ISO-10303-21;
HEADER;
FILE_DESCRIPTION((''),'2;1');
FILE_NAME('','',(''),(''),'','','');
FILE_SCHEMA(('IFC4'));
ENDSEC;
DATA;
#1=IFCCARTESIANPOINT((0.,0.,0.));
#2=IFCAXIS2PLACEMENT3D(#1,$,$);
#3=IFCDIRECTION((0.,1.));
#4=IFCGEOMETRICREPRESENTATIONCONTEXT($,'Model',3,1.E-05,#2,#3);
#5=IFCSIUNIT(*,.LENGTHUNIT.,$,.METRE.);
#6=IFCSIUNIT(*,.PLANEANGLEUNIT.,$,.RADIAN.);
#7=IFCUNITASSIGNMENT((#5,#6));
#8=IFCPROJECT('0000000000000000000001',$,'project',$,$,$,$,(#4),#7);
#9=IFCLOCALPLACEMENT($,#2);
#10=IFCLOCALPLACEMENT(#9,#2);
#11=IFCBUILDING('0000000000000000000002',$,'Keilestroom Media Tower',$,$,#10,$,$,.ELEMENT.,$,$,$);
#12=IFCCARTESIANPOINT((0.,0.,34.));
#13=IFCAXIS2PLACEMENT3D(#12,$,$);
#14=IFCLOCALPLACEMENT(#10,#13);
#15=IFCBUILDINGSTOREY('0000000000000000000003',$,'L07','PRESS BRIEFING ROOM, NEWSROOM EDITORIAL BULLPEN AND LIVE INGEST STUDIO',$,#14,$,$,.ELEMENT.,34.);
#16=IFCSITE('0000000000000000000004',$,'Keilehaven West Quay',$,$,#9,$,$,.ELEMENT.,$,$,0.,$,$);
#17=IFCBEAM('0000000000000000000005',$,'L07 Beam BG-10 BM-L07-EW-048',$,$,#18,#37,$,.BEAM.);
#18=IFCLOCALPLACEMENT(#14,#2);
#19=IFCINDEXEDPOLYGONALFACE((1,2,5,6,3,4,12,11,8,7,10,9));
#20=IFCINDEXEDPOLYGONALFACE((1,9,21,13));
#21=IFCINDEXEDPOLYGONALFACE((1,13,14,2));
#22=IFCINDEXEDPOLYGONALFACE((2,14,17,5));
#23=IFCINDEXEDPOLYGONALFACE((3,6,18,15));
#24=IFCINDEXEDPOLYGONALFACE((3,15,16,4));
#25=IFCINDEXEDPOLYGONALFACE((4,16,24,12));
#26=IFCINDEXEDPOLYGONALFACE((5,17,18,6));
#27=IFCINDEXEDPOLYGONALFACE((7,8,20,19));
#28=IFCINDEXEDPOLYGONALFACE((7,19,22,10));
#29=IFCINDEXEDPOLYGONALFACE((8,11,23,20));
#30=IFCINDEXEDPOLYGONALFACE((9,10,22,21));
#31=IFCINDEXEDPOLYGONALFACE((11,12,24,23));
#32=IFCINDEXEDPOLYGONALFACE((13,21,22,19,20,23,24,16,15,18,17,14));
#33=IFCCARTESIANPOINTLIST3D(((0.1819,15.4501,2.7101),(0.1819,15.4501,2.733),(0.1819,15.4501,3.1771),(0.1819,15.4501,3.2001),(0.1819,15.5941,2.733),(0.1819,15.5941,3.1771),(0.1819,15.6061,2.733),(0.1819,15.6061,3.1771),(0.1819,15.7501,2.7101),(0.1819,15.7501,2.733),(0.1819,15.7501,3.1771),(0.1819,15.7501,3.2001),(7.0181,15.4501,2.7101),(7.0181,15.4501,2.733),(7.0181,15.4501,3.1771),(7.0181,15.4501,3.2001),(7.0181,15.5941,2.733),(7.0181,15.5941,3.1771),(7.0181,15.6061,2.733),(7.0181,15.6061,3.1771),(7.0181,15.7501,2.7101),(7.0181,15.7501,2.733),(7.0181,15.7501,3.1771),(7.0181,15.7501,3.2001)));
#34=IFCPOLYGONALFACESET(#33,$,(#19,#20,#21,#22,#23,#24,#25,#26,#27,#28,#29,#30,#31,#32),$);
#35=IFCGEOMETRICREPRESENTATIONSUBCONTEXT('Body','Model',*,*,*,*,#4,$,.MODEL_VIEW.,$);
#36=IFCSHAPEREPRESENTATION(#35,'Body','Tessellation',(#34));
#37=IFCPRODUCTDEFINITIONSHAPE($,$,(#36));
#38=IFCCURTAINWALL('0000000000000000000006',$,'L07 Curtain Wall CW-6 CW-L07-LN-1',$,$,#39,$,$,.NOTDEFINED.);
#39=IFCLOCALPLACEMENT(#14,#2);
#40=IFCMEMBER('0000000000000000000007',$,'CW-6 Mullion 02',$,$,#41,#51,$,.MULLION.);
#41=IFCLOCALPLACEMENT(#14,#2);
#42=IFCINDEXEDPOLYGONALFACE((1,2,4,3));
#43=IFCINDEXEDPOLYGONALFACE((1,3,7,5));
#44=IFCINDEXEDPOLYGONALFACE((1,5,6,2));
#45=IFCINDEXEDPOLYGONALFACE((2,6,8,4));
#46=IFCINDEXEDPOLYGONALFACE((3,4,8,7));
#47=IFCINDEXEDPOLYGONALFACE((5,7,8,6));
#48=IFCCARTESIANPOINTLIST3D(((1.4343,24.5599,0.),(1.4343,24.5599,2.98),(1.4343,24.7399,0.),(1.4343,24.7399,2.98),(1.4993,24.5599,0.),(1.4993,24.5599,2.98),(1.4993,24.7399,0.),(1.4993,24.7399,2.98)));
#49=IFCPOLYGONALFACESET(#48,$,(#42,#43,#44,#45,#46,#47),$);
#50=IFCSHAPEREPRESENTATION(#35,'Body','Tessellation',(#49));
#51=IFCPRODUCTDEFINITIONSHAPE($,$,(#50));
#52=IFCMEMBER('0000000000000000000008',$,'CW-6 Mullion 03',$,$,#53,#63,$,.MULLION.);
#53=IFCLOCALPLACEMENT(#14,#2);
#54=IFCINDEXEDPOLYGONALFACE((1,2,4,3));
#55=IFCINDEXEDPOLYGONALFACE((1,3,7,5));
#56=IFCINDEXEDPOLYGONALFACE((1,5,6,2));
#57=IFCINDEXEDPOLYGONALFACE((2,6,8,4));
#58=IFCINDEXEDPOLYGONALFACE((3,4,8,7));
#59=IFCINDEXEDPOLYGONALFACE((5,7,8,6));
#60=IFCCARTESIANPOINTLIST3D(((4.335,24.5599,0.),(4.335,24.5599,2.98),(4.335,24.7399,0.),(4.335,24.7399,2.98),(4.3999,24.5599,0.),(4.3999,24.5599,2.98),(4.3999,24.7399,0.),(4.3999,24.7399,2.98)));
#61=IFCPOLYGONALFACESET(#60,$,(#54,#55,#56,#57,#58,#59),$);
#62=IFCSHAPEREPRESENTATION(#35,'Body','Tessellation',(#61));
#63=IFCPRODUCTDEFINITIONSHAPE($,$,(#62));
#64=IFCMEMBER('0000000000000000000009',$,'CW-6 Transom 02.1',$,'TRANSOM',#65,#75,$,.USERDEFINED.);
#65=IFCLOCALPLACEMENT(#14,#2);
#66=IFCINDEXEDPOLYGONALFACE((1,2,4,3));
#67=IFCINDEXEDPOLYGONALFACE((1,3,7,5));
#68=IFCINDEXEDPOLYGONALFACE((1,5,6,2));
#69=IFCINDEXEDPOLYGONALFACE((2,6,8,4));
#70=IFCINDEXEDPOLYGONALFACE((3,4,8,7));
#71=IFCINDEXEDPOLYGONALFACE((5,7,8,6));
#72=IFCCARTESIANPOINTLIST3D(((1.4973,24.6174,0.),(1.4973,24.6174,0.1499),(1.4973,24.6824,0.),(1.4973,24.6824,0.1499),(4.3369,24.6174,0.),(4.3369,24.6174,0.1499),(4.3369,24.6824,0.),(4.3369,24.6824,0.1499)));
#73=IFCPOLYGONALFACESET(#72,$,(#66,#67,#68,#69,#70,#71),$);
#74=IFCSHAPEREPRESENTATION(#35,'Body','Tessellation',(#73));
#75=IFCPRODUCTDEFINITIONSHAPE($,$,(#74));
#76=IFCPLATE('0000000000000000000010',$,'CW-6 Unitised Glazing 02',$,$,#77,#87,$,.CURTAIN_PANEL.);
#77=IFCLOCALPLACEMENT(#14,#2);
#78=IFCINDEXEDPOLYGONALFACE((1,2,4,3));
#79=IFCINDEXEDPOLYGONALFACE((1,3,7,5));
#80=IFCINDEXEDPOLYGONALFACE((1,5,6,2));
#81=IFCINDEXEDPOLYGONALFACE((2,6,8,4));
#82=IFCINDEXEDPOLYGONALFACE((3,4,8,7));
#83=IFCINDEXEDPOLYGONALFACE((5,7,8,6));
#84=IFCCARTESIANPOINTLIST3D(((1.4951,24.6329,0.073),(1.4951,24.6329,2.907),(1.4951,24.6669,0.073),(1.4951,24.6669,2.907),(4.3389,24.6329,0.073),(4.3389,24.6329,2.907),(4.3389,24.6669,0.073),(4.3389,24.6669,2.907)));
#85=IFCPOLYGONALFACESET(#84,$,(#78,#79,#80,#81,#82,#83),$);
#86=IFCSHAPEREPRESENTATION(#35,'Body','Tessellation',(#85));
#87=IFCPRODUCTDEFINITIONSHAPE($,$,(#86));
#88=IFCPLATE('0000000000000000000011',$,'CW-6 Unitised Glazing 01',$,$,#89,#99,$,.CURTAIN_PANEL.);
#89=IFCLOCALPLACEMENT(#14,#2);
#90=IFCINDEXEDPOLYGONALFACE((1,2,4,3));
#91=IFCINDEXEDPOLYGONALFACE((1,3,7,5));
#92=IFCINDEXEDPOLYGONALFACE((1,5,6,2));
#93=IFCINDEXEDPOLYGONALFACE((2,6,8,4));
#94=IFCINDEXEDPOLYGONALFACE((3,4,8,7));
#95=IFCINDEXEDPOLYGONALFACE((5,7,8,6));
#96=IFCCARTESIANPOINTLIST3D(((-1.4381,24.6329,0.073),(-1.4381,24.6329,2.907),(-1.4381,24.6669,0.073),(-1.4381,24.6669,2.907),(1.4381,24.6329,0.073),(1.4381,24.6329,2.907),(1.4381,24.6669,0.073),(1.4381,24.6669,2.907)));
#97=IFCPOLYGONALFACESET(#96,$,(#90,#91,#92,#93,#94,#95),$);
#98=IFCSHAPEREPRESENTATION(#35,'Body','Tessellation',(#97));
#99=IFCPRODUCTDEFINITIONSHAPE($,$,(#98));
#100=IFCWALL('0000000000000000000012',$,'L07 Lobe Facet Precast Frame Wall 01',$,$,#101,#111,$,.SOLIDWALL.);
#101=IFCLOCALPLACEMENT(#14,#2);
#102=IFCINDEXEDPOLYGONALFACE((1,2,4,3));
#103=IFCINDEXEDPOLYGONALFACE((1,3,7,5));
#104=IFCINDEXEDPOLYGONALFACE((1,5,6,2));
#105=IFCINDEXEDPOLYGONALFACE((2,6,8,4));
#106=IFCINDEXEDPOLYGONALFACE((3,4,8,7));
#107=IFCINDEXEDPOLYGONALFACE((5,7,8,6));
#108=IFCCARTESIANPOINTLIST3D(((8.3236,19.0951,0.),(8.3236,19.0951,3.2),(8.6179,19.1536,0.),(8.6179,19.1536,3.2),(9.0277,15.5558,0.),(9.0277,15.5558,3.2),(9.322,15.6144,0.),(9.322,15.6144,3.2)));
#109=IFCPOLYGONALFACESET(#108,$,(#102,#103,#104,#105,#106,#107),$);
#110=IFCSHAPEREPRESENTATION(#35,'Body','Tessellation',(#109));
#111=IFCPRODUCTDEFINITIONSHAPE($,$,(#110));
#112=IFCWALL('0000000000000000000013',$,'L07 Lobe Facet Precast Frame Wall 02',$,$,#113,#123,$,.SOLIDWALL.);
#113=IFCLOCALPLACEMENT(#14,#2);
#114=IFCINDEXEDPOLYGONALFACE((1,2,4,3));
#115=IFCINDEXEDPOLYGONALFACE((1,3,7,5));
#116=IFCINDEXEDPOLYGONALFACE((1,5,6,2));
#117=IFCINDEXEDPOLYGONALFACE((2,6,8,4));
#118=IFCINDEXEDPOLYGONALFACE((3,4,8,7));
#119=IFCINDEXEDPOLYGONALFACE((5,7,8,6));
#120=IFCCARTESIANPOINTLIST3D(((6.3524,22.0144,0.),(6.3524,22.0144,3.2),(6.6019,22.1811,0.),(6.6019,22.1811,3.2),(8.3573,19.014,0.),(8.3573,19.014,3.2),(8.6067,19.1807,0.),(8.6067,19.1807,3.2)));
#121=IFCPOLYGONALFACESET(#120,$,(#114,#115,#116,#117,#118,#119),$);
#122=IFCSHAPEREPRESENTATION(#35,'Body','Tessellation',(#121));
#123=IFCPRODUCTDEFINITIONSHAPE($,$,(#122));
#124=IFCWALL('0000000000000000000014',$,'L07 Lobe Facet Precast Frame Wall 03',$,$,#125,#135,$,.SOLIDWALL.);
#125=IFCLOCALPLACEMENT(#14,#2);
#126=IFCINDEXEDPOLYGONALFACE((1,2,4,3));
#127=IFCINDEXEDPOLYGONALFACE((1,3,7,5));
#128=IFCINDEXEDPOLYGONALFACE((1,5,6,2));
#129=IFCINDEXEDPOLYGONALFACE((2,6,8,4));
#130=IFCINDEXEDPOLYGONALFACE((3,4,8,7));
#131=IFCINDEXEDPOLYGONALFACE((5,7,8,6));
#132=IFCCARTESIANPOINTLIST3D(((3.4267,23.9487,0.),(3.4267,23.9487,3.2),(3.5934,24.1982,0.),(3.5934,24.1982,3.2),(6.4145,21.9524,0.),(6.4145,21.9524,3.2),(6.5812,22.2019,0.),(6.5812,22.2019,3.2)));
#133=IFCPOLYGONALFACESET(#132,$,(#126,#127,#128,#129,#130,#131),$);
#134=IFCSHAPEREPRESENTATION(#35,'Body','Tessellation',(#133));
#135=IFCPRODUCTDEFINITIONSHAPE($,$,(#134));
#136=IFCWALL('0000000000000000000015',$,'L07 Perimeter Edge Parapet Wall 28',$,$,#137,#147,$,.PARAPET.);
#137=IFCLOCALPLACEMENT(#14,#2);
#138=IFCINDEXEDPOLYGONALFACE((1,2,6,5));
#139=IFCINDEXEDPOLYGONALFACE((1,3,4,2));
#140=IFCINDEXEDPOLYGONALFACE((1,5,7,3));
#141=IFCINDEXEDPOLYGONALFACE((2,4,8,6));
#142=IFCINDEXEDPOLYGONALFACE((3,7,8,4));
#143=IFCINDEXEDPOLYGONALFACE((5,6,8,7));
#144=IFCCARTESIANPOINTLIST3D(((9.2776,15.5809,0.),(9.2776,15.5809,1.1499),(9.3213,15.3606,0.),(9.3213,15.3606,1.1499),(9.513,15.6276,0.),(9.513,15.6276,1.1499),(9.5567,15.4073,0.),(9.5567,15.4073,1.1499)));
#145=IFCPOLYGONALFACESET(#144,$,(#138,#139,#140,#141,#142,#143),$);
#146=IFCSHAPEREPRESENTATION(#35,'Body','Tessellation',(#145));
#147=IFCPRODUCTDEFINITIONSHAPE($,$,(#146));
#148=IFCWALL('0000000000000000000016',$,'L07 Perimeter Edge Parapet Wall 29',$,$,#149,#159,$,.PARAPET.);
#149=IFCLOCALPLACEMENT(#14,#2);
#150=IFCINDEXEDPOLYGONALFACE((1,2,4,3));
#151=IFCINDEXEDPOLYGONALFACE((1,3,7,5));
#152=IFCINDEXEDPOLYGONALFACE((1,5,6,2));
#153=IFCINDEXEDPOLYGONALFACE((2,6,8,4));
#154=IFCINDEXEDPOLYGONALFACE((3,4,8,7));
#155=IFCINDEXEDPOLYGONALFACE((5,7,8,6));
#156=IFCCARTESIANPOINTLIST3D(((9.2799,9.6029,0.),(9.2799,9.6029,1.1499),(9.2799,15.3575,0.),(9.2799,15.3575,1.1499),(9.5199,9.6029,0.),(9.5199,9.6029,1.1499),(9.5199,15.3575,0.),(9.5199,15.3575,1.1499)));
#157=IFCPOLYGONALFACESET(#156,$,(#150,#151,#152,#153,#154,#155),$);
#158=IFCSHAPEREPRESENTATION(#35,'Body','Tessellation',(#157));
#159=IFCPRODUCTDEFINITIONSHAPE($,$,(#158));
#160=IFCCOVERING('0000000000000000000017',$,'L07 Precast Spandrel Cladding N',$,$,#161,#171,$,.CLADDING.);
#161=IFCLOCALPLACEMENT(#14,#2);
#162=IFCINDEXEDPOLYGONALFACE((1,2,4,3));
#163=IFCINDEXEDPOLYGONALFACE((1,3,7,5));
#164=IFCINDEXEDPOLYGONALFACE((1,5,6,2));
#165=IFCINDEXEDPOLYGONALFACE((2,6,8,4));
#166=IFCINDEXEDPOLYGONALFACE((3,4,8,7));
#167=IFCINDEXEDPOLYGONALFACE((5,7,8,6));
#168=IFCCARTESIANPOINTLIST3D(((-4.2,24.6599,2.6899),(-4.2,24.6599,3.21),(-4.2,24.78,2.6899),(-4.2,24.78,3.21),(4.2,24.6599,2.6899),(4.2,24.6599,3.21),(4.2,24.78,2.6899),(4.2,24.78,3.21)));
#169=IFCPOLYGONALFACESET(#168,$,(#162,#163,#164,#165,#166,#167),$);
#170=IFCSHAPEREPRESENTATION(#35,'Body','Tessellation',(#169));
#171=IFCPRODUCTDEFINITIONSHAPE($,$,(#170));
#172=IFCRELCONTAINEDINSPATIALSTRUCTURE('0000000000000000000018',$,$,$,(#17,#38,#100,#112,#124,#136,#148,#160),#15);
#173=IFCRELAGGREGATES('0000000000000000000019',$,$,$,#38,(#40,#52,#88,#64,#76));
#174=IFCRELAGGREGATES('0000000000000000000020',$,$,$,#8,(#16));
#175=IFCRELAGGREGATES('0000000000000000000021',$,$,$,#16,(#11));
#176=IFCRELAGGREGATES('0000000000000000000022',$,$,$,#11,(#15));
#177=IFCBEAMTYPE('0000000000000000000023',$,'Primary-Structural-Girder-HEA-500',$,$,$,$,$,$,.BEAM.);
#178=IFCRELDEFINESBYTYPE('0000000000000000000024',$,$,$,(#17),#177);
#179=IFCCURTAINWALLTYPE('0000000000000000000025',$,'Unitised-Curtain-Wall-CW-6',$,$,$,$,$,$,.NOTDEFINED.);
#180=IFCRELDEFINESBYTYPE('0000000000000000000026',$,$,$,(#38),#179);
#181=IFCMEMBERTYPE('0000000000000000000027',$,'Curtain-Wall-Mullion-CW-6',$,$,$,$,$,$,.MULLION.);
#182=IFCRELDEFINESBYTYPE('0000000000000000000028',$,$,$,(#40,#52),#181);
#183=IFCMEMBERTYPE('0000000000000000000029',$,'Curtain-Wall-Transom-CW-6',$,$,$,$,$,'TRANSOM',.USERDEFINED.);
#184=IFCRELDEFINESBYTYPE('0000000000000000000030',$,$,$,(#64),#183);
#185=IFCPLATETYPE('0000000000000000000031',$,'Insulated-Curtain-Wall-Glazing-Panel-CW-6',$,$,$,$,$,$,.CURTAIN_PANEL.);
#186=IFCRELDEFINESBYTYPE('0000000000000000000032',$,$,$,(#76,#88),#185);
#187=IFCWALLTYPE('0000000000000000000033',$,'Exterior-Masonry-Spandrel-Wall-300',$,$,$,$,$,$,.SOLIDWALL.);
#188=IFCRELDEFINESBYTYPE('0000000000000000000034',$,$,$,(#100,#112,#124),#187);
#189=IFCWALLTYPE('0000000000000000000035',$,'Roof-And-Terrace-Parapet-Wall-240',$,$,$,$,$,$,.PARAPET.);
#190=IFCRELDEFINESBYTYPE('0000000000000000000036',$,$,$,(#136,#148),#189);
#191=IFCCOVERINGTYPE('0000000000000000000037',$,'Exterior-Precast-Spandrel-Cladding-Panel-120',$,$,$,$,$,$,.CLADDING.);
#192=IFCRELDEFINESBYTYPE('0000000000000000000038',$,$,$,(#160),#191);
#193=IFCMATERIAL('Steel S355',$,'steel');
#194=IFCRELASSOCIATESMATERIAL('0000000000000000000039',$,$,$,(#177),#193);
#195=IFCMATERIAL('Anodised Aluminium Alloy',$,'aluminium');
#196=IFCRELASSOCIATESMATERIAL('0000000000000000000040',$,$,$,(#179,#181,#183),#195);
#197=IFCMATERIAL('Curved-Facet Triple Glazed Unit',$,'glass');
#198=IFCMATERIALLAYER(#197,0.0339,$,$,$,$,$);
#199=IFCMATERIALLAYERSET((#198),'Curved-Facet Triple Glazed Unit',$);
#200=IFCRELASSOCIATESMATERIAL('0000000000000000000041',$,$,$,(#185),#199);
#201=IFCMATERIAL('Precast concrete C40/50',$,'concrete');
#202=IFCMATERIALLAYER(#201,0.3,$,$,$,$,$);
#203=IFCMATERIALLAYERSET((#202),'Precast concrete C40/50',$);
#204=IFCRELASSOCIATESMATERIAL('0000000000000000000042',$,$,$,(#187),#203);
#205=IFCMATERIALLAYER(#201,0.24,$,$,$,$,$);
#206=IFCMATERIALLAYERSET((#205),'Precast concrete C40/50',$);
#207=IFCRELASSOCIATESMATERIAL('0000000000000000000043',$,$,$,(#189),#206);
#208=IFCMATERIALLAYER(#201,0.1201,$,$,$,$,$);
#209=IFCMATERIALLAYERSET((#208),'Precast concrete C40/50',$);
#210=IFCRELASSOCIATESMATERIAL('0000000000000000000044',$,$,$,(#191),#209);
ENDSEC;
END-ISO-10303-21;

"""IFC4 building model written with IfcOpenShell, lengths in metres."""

from ifc_helpers import new_model, si_unit, direction, frame, frame_2d, origin, origin_2d, place, context, subcontext, project, spatial, rectangle, i_section, extrude, source, transform, mapped, material, layer, layer_set, material_profile, profile_set, type_object, element, aggregate, save


model = new_model("IFC4")

# Units and contexts
model_context = context("Model", 3, precision=1e-05, world=origin(), true_north=direction((0.0, 1.0)))
body_context = subcontext(model_context, "Body", "Model", "MODEL_VIEW")
ifc_project = project(units=[si_unit("LENGTHUNIT", "METRE"), si_unit("PLANEANGLEUNIT", "RADIAN")], contexts=[model_context])

# Site, building, storey
site_placement = place(None, origin())
site = spatial("IfcSite", under=ifc_project, at=site_placement, Name="Keilehaven West Quay", CompositionType="ELEMENT", RefElevation=0.0)
building_placement = place(site_placement, origin())
building = spatial("IfcBuilding", under=site, at=building_placement, Name="Keilestroom Media Tower", CompositionType="ELEMENT")
storey_placement = place(building_placement, frame((0.0, 0.0, 34.0)))
storey = spatial("IfcBuildingStorey", under=building, at=storey_placement, Name="L07", Description="PRESS BRIEFING ROOM, NEWSROOM EDITORIAL BULLPEN AND LIVE INGEST STUDIO", CompositionType="ELEMENT", Elevation=34.0)

# Beam
ifc_material_1 = material(Name="Steel S355", Category="steel")
ifc_material_profile_1 = material_profile(ifc_material_1, i_section(OverallWidth=0.3, OverallDepth=0.49, WebThickness=0.012, FlangeThickness=0.0229, at=origin_2d()), Name="HEA 500")
ifc_profile_set_1 = profile_set([ifc_material_profile_1], Name="Steel S355")
beam_type_1 = type_object("IfcBeamType", Name="Primary-Structural-Girder-HEA-500", PredefinedType="BEAM", material=ifc_profile_set_1)
shared_shape_1 = source(origin(), body_context, "Body", "SweptSolid", [
    extrude(i_section(OverallWidth=0.3, OverallDepth=0.49, WebThickness=0.012, FlangeThickness=0.0229, at=origin_2d()), origin(), (0.0, 0.0, 1.0), 6.8362),
])
for number, where, z_axis, x_axis, name in (
    (1, (0.1819, 15.6001, 2.9551), (1.0, 0.0, 0.0), (0.0, 1.0, 0.0), "L07 Beam BG-10 BM-L07-EW-048"),
):
    element("IfcBeam", number, at=place(storey_placement, frame(where, z_axis=z_axis, x_axis=x_axis)), inside=storey, type_object=beam_type_1, Name=name, PredefinedType="BEAM", context=body_context, shape_type="MappedRepresentation", body=[
        mapped(shared_shape_1, transform((0.0, 0.0, 0.0), x_axis=(1.0, 0.0, 0.0), y_axis=(0.0, 1.0, 0.0), z_axis=(0.0, 0.0, 1.0), scale=1.0)),
    ])

# Curtain wall, members, plates
ifc_material_2 = material(Name="Anodised Aluminium Alloy", Category="aluminium")
curtain_wall_type = type_object("IfcCurtainWallType", Name="Unitised-Curtain-Wall-CW-6", PredefinedType="NOTDEFINED", material=ifc_material_2)
curtain_wall_placement = place(storey_placement, origin())
curtain_wall = element("IfcCurtainWall", 2, at=curtain_wall_placement, inside=storey, type_object=curtain_wall_type, Name="L07 Curtain Wall CW-6 CW-L07-LN-1", PredefinedType="NOTDEFINED")
ifc_material_profile_2 = material_profile(ifc_material_2, rectangle(XDim=0.0649, YDim=0.1799, at=origin_2d()), Name="ALU MULLION 65x180")
ifc_profile_set_2 = profile_set([ifc_material_profile_2], Name="Anodised Aluminium Alloy")
member_type_1 = type_object("IfcMemberType", Name="Curtain-Wall-Mullion-CW-6", PredefinedType="MULLION", material=ifc_profile_set_2)
shared_shape_2 = source(origin(), body_context, "Body", "SweptSolid", [
    extrude(rectangle(XDim=0.0649, YDim=0.1799, at=origin_2d()), origin(), (0.0, 0.0, 1.0), 2.98),
])
member_1_placement = place(storey_placement, frame((1.4668, 24.6499, 0.0), z_axis=(0.0, 0.0, 1.0), x_axis=(1.0, 0.0, 0.0)))
member_1 = element("IfcMember", 3, at=member_1_placement, type_object=member_type_1, Name="CW-6 Mullion 02", PredefinedType="MULLION", context=body_context, shape_type="MappedRepresentation", body=[
    mapped(shared_shape_2, transform((0.0, 0.0, 0.0), x_axis=(1.0, 0.0, 0.0), y_axis=(0.0, 1.0, 0.0), z_axis=(0.0, 0.0, 1.0), scale=1.0)),
])
member_2_placement = place(storey_placement, frame((4.3674, 24.6499, 0.0), z_axis=(0.0, 0.0, 1.0), x_axis=(1.0, 0.0, 0.0)))
member_2 = element("IfcMember", 4, at=member_2_placement, type_object=member_type_1, Name="CW-6 Mullion 03", PredefinedType="MULLION", context=body_context, shape_type="MappedRepresentation", body=[
    mapped(shared_shape_2, transform((0.0, 0.0, 0.0), x_axis=(1.0, 0.0, 0.0), y_axis=(0.0, 1.0, 0.0), z_axis=(0.0, 0.0, 1.0), scale=1.0)),
])
ifc_material_profile_3 = material_profile(ifc_material_2, rectangle(XDim=0.0649, YDim=0.1499, at=origin_2d()), Name="ALU TRANSOM 65x150")
ifc_profile_set_3 = profile_set([ifc_material_profile_3], Name="Anodised Aluminium Alloy")
member_type_2 = type_object("IfcMemberType", Name="Curtain-Wall-Transom-CW-6", ElementType="TRANSOM", PredefinedType="USERDEFINED", material=ifc_profile_set_3)
shared_shape_3 = source(origin(), body_context, "Body", "SweptSolid", [
    extrude(rectangle(XDim=0.0649, YDim=0.1499, at=origin_2d()), origin(), (0.0, 0.0, 1.0), 2.8396),
])
member_3_placement = place(storey_placement, frame((1.4973, 24.6499, 0.075), z_axis=(1.0, 0.0, 0.0), x_axis=(0.0, 1.0, 0.0)))
member_3 = element("IfcMember", 5, at=member_3_placement, type_object=member_type_2, Name="CW-6 Transom 02.1", ObjectType="TRANSOM", PredefinedType="USERDEFINED", context=body_context, shape_type="MappedRepresentation", body=[
    mapped(shared_shape_3, transform((0.0, 0.0, 0.0), x_axis=(1.0, 0.0, 0.0), y_axis=(0.0, 1.0, 0.0), z_axis=(0.0, 0.0, 1.0), scale=1.0)),
])
ifc_material_3 = material(Name="Curved-Facet Triple Glazed Unit", Category="glass")
ifc_layer_1 = layer(ifc_material_3, 0.0339)
ifc_layer_set_1 = layer_set([ifc_layer_1], Name="Curved-Facet Triple Glazed Unit")
plate_type = type_object("IfcPlateType", Name="Insulated-Curtain-Wall-Glazing-Panel-CW-6", PredefinedType="CURTAIN_PANEL", material=ifc_layer_set_1)
shared_shape_4 = source(origin(), body_context, "Body", "SweptSolid", [
    extrude(rectangle(XDim=2.8438, YDim=0.0339, at=origin_2d()), origin(), (0.0, 0.0, 1.0), 2.834),
])
plate_1_placement = place(storey_placement, frame((2.917, 24.6499, 0.073), z_axis=(0.0, 0.0, 1.0), x_axis=(1.0, 0.0, 0.0)))
plate_1 = element("IfcPlate", 6, at=plate_1_placement, type_object=plate_type, Name="CW-6 Unitised Glazing 02", PredefinedType="CURTAIN_PANEL", context=body_context, shape_type="MappedRepresentation", body=[
    mapped(shared_shape_4, transform((0.0, 0.0, 0.0), x_axis=(1.0, 0.0, 0.0), y_axis=(0.0, 1.0, 0.0), z_axis=(0.0, 0.0, 1.0), scale=1.0)),
])
shared_shape_5 = source(origin(), body_context, "Body", "SweptSolid", [
    extrude(rectangle(XDim=2.8762, YDim=0.0339, at=origin_2d()), origin(), (0.0, 0.0, 1.0), 2.834),
])
plate_2_placement = place(storey_placement, frame((0.0, 24.6499, 0.073), z_axis=(0.0, 0.0, 1.0), x_axis=(1.0, 0.0, 0.0)))
plate_2 = element("IfcPlate", 7, at=plate_2_placement, type_object=plate_type, Name="CW-6 Unitised Glazing 01", PredefinedType="CURTAIN_PANEL", context=body_context, shape_type="MappedRepresentation", body=[
    mapped(shared_shape_5, transform((0.0, 0.0, 0.0), x_axis=(1.0, 0.0, 0.0), y_axis=(0.0, 1.0, 0.0), z_axis=(0.0, 0.0, 1.0), scale=1.0)),
])
aggregate(curtain_wall, [member_1, member_2, plate_2, member_3, plate_1])

# Walls
ifc_material_4 = material(Name="Precast concrete C40/50", Category="concrete")
ifc_layer_2 = layer(ifc_material_4, 0.3)
ifc_layer_set_2 = layer_set([ifc_layer_2], Name="Precast concrete C40/50")
wall_type_1 = type_object("IfcWallType", Name="Exterior-Masonry-Spandrel-Wall-300", PredefinedType="SOLIDWALL", material=ifc_layer_set_2)
for number, where, z_axis, x_axis, name in (
    (8, (9.1748, 15.5852, 0.0), (0.0, 0.0, 1.0), (-0.195114, 0.980781, 0.0), "L07 Lobe Facet Precast Frame Wall 01"),
    (9, (8.4819, 19.0974, 0.0), (0.0, 0.0, 1.0), (-0.555574, 0.831467, 0.0), "L07 Lobe Facet Precast Frame Wall 02"),
):
    element("IfcWall", number, at=place(storey_placement, frame(where, z_axis=z_axis, x_axis=x_axis)), inside=storey, type_object=wall_type_1, Name=name, PredefinedType="SOLIDWALL", context=body_context, shape_type="SweptSolid", body=[
        extrude(rectangle(XDim=3.6086, YDim=0.3, at=frame_2d((1.8042, 0.0))), origin(), (0.0, 0.0, 1.0), 3.2),
    ])
wall_1_placement = place(storey_placement, frame((6.4978, 22.0771, 0.0), z_axis=(0.0, 0.0, 1.0), x_axis=(-0.831475, 0.555562, 0.0)))
element("IfcWall", 10, at=wall_1_placement, inside=storey, type_object=wall_type_1, Name="L07 Lobe Facet Precast Frame Wall 03", PredefinedType="SOLIDWALL", context=body_context, shape_type="SweptSolid", body=[
    extrude(rectangle(XDim=3.5933, YDim=0.3, at=frame_2d((1.7966, 0.0))), origin(), (0.0, 0.0, 1.0), 3.2),
])
ifc_layer_3 = layer(ifc_material_4, 0.24)
ifc_layer_set_3 = layer_set([ifc_layer_3], Name="Precast concrete C40/50")
wall_type_2 = type_object("IfcWallType", Name="Roof-And-Terrace-Parapet-Wall-240", PredefinedType="PARAPET", material=ifc_layer_set_3)
wall_2_placement = place(storey_placement, frame((9.3953, 15.6042, 0.0), z_axis=(0.0, 0.0, 1.0), x_axis=(0.194652, -0.980872, 0.0)))
element("IfcWall", 11, at=wall_2_placement, inside=storey, type_object=wall_type_2, Name="L07 Perimeter Edge Parapet Wall 28", PredefinedType="PARAPET", context=body_context, shape_type="SweptSolid", body=[
    extrude(rectangle(XDim=0.2246, YDim=0.24, at=frame_2d((0.1123, 0.0))), origin(), (0.0, 0.0, 1.0), 1.1499),
])
wall_3_placement = place(storey_placement, frame((9.3999, 15.3577, 0.0), z_axis=(0.0, 0.0, 1.0), x_axis=(0.0, -1.0, 0.0)))
element("IfcWall", 12, at=wall_3_placement, inside=storey, type_object=wall_type_2, Name="L07 Perimeter Edge Parapet Wall 29", PredefinedType="PARAPET", context=body_context, shape_type="SweptSolid", body=[
    extrude(rectangle(XDim=5.7546, YDim=0.24, at=frame_2d((2.8774, 0.0))), origin(), (0.0, 0.0, 1.0), 1.1499),
])

# Covering
ifc_layer_4 = layer(ifc_material_4, 0.1201)
ifc_layer_set_4 = layer_set([ifc_layer_4], Name="Precast concrete C40/50")
covering_type = type_object("IfcCoveringType", Name="Exterior-Precast-Spandrel-Cladding-Panel-120", PredefinedType="CLADDING", material=ifc_layer_set_4)
shared_shape_6 = source(origin(), body_context, "Body", "SweptSolid", [
    extrude(rectangle(XDim=8.3999, YDim=0.1201, at=origin_2d()), origin(), (0.0, 0.0, 1.0), 0.52),
])
covering_1_placement = place(storey_placement, frame((0.0, 24.72, 2.6899), z_axis=(0.0, 0.0, 1.0), x_axis=(1.0, 0.0, 0.0)))
element("IfcCovering", 13, at=covering_1_placement, inside=storey, type_object=covering_type, Name="L07 Precast Spandrel Cladding N", PredefinedType="CLADDING", context=body_context, shape_type="MappedRepresentation", body=[
    mapped(shared_shape_6, transform((0.0, 0.0, 0.0), x_axis=(1.0, 0.0, 0.0), y_axis=(0.0, 1.0, 0.0), z_axis=(0.0, 0.0, 1.0), scale=1.0)),
])

save(model, "model.ifc")
